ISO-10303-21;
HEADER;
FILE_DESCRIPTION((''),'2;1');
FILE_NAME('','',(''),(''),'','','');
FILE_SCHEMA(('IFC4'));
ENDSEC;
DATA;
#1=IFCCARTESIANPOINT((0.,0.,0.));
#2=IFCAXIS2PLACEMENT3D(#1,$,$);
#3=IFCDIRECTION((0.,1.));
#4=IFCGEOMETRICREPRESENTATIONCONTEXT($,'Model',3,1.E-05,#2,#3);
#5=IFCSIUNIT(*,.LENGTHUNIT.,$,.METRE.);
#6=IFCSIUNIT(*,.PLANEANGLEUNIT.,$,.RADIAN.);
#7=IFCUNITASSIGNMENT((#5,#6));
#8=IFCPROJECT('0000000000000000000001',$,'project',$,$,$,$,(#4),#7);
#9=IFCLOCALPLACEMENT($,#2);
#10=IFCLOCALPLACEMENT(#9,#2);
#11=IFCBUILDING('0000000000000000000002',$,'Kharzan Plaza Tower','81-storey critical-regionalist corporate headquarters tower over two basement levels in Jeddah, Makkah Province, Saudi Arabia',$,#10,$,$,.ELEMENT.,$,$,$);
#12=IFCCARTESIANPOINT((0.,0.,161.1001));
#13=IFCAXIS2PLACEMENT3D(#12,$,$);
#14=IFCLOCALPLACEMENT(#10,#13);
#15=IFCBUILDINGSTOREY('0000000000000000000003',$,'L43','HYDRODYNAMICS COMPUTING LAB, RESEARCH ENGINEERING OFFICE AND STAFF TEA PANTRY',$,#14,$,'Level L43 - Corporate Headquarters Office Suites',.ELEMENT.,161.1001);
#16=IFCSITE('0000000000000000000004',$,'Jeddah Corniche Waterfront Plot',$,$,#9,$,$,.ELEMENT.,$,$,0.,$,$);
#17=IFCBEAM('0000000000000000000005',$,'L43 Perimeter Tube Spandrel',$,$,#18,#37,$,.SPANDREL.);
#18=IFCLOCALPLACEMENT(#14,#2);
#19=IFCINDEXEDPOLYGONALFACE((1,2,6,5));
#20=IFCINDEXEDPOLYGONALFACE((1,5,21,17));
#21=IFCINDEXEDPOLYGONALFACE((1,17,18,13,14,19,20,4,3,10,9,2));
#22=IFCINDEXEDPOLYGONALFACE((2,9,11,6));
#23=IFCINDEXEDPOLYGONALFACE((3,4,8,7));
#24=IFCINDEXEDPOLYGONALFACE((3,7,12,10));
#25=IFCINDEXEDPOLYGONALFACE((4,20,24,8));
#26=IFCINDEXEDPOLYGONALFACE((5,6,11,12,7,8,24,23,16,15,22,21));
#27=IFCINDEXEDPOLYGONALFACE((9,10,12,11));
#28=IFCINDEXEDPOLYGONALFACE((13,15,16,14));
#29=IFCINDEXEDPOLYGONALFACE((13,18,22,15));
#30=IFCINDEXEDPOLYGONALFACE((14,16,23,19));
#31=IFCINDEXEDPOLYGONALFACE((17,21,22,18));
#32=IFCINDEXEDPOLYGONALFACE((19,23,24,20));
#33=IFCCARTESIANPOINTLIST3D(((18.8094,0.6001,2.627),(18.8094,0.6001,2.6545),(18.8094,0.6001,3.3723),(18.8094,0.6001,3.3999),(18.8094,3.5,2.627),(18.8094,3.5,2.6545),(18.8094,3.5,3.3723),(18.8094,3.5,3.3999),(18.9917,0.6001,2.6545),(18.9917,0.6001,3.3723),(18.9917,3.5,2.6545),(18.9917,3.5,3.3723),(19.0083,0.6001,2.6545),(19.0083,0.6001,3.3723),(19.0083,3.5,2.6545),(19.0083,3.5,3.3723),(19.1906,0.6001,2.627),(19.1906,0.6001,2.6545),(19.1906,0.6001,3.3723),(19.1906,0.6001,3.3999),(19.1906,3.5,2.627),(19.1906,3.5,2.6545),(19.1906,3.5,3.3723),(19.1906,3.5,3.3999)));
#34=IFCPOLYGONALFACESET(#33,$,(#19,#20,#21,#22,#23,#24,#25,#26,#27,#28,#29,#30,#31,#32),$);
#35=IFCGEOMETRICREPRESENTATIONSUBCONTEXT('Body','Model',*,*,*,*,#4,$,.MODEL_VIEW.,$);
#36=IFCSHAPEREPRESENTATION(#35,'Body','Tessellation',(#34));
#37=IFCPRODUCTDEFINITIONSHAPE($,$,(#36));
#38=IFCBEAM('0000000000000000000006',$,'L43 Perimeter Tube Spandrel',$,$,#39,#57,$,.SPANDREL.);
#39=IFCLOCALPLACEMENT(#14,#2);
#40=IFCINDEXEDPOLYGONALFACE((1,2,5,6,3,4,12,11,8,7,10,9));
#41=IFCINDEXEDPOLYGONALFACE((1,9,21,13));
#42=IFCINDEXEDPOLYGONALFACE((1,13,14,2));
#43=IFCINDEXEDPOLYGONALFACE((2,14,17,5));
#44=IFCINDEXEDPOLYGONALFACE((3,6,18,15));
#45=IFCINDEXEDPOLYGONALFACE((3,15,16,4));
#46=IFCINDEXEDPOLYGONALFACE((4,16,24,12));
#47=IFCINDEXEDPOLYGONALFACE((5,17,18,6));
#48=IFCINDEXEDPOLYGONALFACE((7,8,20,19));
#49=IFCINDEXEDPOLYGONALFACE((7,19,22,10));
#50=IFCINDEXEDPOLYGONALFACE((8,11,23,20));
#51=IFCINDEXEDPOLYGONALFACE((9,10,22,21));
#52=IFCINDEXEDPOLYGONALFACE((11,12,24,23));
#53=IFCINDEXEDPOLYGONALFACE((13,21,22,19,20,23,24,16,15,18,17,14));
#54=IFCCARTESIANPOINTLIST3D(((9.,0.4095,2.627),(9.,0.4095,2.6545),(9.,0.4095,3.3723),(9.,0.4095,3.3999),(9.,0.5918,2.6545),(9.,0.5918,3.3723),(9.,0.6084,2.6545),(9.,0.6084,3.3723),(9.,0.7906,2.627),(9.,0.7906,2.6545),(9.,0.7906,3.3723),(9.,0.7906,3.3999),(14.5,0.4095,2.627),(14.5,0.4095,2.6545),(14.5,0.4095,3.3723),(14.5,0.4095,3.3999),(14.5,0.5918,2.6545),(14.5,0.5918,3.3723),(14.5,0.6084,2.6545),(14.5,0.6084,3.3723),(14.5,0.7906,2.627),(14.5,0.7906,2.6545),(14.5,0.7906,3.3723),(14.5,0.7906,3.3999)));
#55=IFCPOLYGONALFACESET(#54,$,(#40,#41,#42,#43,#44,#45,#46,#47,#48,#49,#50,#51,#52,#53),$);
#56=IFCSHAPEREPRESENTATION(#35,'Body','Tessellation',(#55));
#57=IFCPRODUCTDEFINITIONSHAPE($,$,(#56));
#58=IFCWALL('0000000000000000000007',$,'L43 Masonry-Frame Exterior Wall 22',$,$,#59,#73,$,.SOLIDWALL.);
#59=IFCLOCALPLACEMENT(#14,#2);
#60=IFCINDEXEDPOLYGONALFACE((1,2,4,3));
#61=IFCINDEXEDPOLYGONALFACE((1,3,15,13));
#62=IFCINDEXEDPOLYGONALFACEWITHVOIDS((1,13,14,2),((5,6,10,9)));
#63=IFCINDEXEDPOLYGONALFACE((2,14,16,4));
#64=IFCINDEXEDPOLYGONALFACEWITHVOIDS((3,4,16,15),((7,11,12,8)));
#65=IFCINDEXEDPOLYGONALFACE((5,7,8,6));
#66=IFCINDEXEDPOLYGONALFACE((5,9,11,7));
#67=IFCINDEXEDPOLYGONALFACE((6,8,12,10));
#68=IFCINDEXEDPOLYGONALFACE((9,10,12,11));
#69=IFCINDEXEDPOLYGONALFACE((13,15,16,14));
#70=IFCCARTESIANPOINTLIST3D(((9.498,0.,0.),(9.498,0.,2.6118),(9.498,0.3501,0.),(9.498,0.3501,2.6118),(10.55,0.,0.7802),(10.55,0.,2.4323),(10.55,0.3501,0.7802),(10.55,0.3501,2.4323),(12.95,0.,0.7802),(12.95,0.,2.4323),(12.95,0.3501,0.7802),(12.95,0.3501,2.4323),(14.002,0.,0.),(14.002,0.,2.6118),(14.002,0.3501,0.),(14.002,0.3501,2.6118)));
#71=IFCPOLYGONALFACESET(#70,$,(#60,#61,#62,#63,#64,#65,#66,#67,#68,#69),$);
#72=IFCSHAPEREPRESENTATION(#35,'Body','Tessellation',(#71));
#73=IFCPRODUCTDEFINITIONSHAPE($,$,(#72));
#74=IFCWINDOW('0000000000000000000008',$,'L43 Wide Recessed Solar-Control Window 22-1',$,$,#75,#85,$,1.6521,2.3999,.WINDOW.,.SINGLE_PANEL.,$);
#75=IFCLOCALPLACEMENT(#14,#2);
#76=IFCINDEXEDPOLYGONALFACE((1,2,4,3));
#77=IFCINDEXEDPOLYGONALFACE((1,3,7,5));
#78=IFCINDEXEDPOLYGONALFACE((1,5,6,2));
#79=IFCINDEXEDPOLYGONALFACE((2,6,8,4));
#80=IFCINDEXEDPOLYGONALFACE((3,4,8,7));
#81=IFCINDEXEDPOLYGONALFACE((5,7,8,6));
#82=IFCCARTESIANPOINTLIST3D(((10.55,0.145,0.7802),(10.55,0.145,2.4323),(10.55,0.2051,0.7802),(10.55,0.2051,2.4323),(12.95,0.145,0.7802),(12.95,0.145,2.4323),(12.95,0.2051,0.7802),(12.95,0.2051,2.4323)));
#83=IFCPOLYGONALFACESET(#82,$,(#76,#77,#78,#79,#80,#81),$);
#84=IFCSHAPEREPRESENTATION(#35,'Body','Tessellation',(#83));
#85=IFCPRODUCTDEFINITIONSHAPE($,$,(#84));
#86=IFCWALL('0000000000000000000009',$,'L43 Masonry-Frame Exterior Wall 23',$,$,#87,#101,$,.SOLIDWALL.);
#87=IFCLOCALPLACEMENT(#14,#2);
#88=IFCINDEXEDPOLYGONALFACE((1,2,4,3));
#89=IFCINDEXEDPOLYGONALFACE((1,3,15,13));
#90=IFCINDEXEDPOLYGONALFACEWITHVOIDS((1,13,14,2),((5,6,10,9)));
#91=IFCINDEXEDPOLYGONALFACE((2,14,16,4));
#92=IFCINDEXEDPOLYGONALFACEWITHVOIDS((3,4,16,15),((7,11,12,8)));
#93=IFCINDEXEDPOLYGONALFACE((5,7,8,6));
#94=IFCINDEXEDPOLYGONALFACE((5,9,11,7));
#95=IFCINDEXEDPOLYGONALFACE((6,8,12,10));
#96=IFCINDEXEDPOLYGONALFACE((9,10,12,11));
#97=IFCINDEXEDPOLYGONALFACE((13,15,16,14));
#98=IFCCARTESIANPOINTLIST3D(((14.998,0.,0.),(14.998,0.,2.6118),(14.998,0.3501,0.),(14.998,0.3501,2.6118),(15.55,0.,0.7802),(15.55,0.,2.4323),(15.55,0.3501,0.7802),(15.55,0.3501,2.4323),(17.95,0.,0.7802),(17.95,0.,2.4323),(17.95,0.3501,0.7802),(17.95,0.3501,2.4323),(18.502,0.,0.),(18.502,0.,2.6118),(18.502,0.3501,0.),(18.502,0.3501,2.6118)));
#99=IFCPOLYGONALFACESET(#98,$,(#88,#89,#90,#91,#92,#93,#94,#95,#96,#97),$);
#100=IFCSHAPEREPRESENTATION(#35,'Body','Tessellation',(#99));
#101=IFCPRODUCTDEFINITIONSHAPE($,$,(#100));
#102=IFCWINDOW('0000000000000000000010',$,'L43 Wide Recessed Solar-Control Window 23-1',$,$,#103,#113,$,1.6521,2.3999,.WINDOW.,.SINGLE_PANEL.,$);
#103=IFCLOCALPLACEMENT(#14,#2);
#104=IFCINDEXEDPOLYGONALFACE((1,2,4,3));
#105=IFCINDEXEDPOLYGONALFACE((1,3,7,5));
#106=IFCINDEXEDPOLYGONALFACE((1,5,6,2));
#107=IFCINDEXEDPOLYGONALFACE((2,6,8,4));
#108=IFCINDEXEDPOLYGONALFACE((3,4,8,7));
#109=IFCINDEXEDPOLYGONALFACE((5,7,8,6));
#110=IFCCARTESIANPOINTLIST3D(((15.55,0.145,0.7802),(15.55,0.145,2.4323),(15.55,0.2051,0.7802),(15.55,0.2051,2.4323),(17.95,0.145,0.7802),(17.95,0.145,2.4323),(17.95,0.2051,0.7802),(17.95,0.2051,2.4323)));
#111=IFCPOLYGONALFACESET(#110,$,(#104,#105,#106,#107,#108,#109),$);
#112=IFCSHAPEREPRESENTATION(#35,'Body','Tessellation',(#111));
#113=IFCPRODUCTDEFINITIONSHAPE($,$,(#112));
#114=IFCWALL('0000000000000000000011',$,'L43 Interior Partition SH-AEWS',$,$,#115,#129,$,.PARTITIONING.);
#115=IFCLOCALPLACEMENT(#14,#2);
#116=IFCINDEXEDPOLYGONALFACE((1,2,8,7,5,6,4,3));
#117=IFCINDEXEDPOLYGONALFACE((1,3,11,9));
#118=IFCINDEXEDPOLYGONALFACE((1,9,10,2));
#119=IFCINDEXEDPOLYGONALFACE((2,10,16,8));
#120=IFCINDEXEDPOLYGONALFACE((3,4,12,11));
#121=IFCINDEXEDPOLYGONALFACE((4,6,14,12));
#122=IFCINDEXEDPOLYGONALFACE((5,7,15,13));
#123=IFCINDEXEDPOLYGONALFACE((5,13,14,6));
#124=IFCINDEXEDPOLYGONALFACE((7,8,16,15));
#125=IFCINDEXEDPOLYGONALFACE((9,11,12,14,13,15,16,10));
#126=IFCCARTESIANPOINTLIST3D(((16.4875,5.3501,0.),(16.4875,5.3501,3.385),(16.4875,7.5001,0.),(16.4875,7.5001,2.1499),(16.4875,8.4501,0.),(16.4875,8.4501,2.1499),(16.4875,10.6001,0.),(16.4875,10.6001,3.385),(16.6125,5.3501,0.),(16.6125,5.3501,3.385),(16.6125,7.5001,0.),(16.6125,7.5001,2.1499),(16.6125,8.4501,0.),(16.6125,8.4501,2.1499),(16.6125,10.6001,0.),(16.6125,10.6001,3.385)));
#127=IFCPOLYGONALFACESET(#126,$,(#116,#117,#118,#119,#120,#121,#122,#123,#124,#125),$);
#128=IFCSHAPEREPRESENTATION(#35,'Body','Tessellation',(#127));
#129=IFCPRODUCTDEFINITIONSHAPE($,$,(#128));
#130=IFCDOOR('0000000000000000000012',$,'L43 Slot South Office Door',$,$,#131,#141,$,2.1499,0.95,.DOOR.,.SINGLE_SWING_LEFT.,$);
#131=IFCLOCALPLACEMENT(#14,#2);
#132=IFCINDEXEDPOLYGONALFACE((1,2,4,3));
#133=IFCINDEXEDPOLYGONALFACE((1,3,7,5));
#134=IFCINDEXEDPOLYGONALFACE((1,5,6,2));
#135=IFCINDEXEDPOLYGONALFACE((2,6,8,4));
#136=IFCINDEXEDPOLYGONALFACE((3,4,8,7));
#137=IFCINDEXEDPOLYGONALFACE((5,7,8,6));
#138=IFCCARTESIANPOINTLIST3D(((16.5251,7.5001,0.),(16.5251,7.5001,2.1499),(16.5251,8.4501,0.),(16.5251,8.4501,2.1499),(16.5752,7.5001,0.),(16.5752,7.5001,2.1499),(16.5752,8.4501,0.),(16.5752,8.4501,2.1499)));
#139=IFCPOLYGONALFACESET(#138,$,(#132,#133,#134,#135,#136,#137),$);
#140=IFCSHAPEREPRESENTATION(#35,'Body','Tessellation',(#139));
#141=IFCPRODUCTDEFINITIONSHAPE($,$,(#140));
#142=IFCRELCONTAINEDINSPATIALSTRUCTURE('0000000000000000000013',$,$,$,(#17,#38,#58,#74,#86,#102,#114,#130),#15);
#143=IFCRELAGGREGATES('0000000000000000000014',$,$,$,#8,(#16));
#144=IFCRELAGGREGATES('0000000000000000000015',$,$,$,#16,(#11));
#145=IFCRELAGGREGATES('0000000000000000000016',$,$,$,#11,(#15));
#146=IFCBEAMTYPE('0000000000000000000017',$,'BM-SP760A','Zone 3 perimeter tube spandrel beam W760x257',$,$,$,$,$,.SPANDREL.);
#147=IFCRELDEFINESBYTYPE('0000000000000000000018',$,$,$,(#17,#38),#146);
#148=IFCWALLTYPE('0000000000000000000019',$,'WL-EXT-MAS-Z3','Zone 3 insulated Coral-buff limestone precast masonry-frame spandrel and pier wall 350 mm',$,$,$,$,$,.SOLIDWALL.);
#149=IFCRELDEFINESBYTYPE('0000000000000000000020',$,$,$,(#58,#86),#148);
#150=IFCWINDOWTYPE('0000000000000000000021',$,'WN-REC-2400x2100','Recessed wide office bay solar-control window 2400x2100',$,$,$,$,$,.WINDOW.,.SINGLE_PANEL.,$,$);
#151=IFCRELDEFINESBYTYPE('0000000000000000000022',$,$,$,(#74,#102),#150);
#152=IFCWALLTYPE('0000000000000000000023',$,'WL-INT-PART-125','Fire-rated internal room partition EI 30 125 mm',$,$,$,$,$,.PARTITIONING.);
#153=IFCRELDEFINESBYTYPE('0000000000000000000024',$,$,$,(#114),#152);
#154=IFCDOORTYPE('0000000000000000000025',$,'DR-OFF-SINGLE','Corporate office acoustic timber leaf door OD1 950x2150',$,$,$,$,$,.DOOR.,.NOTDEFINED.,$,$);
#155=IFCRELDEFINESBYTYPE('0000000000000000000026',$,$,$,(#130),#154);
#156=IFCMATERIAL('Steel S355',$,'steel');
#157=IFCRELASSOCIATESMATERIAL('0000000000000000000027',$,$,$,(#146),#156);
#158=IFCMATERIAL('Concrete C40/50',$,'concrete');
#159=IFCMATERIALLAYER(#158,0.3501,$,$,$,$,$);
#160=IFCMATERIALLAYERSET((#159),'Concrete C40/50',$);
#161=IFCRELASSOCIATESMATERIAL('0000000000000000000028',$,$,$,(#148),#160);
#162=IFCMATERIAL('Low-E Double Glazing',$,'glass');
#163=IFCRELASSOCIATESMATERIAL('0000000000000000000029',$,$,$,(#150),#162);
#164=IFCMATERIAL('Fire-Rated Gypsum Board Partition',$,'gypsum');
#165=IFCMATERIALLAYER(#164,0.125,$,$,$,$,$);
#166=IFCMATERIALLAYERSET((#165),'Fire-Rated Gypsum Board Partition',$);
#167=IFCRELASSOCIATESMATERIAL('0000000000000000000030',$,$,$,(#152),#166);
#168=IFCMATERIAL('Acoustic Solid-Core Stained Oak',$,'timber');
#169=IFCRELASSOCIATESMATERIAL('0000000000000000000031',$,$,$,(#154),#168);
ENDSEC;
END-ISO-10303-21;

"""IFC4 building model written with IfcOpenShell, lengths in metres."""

from ifc_helpers import new_model, si_unit, direction, frame, frame_2d, origin, origin_2d, place, context, subcontext, project, spatial, rectangle, i_section, extrude, source, transform, mapped, material, layer, layer_set, material_profile, profile_set, type_object, element, fill, save


model = new_model("IFC4")

# Units and contexts
model_context = context("Model", 3, precision=1e-05, world=origin(), true_north=direction((0.0, 1.0)))
body_context = subcontext(model_context, "Body", "Model", "MODEL_VIEW")
ifc_project = project(units=[si_unit("LENGTHUNIT", "METRE"), si_unit("PLANEANGLEUNIT", "RADIAN")], contexts=[model_context])

# Site, building, storey
site_placement = place(None, origin())
site = spatial("IfcSite", under=ifc_project, at=site_placement, Name="Jeddah Corniche Waterfront Plot", CompositionType="ELEMENT", RefElevation=0.0)
building_placement = place(site_placement, origin())
building = spatial("IfcBuilding", under=site, at=building_placement, Name="Kharzan Plaza Tower", Description="81-storey critical-regionalist corporate headquarters tower over two basement levels in Jeddah, Makkah Province, Saudi Arabia", CompositionType="ELEMENT")
storey_placement = place(building_placement, frame((0.0, 0.0, 161.1001)))
storey = spatial("IfcBuildingStorey", under=building, at=storey_placement, Name="L43", Description="HYDRODYNAMICS COMPUTING LAB, RESEARCH ENGINEERING OFFICE AND STAFF TEA PANTRY", LongName="Level L43 - Corporate Headquarters Office Suites", CompositionType="ELEMENT", Elevation=161.1001)

# Beams
ifc_material_1 = material(Name="Steel S355", Category="steel")
ifc_material_profile_1 = material_profile(ifc_material_1, i_section(OverallWidth=0.3811, OverallDepth=0.7729, WebThickness=0.0166, FlangeThickness=0.0276, at=origin_2d()), Name="W760x257")
ifc_profile_set_1 = profile_set([ifc_material_profile_1], Name="Steel S355")
beam_type_1 = type_object("IfcBeamType", Name="BM-SP760A", Description="Zone 3 perimeter tube spandrel beam W760x257", PredefinedType="SPANDREL", material=ifc_profile_set_1)
shared_shape_1 = source(origin(), body_context, "Body", "SweptSolid", [
    extrude(i_section(OverallWidth=0.3811, OverallDepth=0.7729, WebThickness=0.0166, FlangeThickness=0.0276, at=origin_2d()), origin(), (0.0, 0.0, 1.0), 2.8999),
])
beam_1_placement = place(storey_placement, frame((19.0, 0.6001, 3.0134), z_axis=(0.0, 1.0, 0.0), x_axis=(-1.0, 0.0, 0.0)))
element("IfcBeam", 1, at=beam_1_placement, inside=storey, type_object=beam_type_1, Name="L43 Perimeter Tube Spandrel", PredefinedType="SPANDREL", context=body_context, shape_type="MappedRepresentation", body=[
    mapped(shared_shape_1, transform((0.0, 0.0, 0.0), x_axis=(1.0, 0.0, 0.0), y_axis=(0.0, 1.0, 0.0), z_axis=(0.0, 0.0, 1.0))),
])
shared_shape_2 = source(origin(), body_context, "Body", "SweptSolid", [
    extrude(i_section(OverallWidth=0.3811, OverallDepth=0.7729, WebThickness=0.0166, FlangeThickness=0.0276, at=origin_2d()), origin(), (0.0, 0.0, 1.0), 5.5),
])
beam_2_placement = place(storey_placement, frame((9.0, 0.6001, 3.0134), z_axis=(1.0, 0.0, 0.0), x_axis=(0.0, 1.0, 0.0)))
element("IfcBeam", 2, at=beam_2_placement, inside=storey, type_object=beam_type_1, Name="L43 Perimeter Tube Spandrel", PredefinedType="SPANDREL", context=body_context, shape_type="MappedRepresentation", body=[
    mapped(shared_shape_2, transform((0.0, 0.0, 0.0), x_axis=(1.0, 0.0, 0.0), y_axis=(0.0, 1.0, 0.0), z_axis=(0.0, 0.0, 1.0))),
])

# Walls, openings, windows
ifc_material_2 = material(Name="Concrete C40/50", Category="concrete")
ifc_layer_1 = layer(ifc_material_2, 0.3501)
ifc_layer_set_1 = layer_set([ifc_layer_1], Name="Concrete C40/50")
wall_type_1 = type_object("IfcWallType", Name="WL-EXT-MAS-Z3", Description="Zone 3 insulated Coral-buff limestone precast masonry-frame spandrel and pier wall 350 mm", PredefinedType="SOLIDWALL", material=ifc_layer_set_1)
wall_1_placement = place(storey_placement, frame((9.498, 0.175, 0.0), z_axis=(0.0, 0.0, 1.0), x_axis=(1.0, 0.0, 0.0)))
wall_1 = element("IfcWall", 3, at=wall_1_placement, inside=storey, type_object=wall_type_1, Name="L43 Masonry-Frame Exterior Wall 22", PredefinedType="SOLIDWALL", context=body_context, shape_type="SweptSolid", body=[
    extrude(rectangle(XDim=4.5039, YDim=0.3501, at=frame_2d((2.252, 0.0))), origin(), (0.0, 0.0, 1.0), 2.6118),
])
opening_1_placement = place(wall_1_placement, frame((1.052, 0.0, 0.78)))
opening_1 = element("IfcOpeningElement", 4, at=opening_1_placement, cuts=wall_1, PredefinedType="OPENING", context=body_context, shape_type="SweptSolid", body=[
    extrude(rectangle(XDim=2.3999, YDim=1.6521, at=frame_2d((1.2, 0.8262))), frame((0.0, 0.1851, 0.0), z_axis=(0.0, -1.0, 0.0), x_axis=(1.0, 0.0, 0.0)), (0.0, 0.0, 1.0), 0.3701),
])
ifc_material_3 = material(Name="Low-E Double Glazing", Category="glass")
window_type = type_object("IfcWindowType", Name="WN-REC-2400x2100", Description="Recessed wide office bay solar-control window 2400x2100", PartitioningType="SINGLE_PANEL", PredefinedType="WINDOW", material=ifc_material_3)
shared_shape_3 = source(origin(), body_context, "Body", "SweptSolid", [
    extrude(rectangle(XDim=2.3999, YDim=1.6521, at=frame_2d((1.2, 0.8262))), frame((0.0, 0.03, 0.0), z_axis=(0.0, -1.0, 0.0), x_axis=(1.0, 0.0, 0.0)), (0.0, 0.0, 1.0), 0.0601),
])
window_1_placement = place(opening_1_placement, origin())
window_1 = element("IfcWindow", 5, at=window_1_placement, inside=storey, type_object=window_type, Name="L43 Wide Recessed Solar-Control Window 22-1", OverallHeight=1.6521, OverallWidth=2.3999, PartitioningType="SINGLE_PANEL", PredefinedType="WINDOW", context=body_context, shape_type="MappedRepresentation", body=[
    mapped(shared_shape_3, transform((0.0, 0.0, 0.0), x_axis=(1.0, 0.0, 0.0), y_axis=(0.0, 1.0, 0.0), z_axis=(0.0, 0.0, 1.0))),
])
fill(opening_1, window_1)
wall_2_placement = place(storey_placement, frame((14.998, 0.175, 0.0), z_axis=(0.0, 0.0, 1.0), x_axis=(1.0, 0.0, 0.0)))
wall_2 = element("IfcWall", 6, at=wall_2_placement, inside=storey, type_object=wall_type_1, Name="L43 Masonry-Frame Exterior Wall 23", PredefinedType="SOLIDWALL", context=body_context, shape_type="SweptSolid", body=[
    extrude(rectangle(XDim=3.5039, YDim=0.3501, at=frame_2d((1.752, 0.0))), origin(), (0.0, 0.0, 1.0), 2.6118),
])
opening_2_placement = place(wall_2_placement, frame((0.552, 0.0, 0.78)))
opening_2 = element("IfcOpeningElement", 7, at=opening_2_placement, cuts=wall_2, PredefinedType="OPENING", context=body_context, shape_type="SweptSolid", body=[
    extrude(rectangle(XDim=2.3999, YDim=1.6521, at=frame_2d((1.2, 0.8262))), frame((0.0, 0.1851, 0.0), z_axis=(0.0, -1.0, 0.0), x_axis=(1.0, 0.0, 0.0)), (0.0, 0.0, 1.0), 0.3701),
])
window_2_placement = place(opening_2_placement, origin())
window_2 = element("IfcWindow", 8, at=window_2_placement, inside=storey, type_object=window_type, Name="L43 Wide Recessed Solar-Control Window 23-1", OverallHeight=1.6521, OverallWidth=2.3999, PartitioningType="SINGLE_PANEL", PredefinedType="WINDOW", context=body_context, shape_type="MappedRepresentation", body=[
    mapped(shared_shape_3, transform((0.0, 0.0, 0.0), x_axis=(1.0, 0.0, 0.0), y_axis=(0.0, 1.0, 0.0), z_axis=(0.0, 0.0, 1.0))),
])
fill(opening_2, window_2)

# Wall, opening, door
ifc_material_4 = material(Name="Fire-Rated Gypsum Board Partition", Category="gypsum")
ifc_layer_2 = layer(ifc_material_4, 0.125)
ifc_layer_set_2 = layer_set([ifc_layer_2], Name="Fire-Rated Gypsum Board Partition")
wall_type_2 = type_object("IfcWallType", Name="WL-INT-PART-125", Description="Fire-rated internal room partition EI 30 125 mm", PredefinedType="PARTITIONING", material=ifc_layer_set_2)
wall_3_placement = place(storey_placement, frame((16.55, 5.3501, 0.0), z_axis=(0.0, 0.0, 1.0), x_axis=(0.0, 1.0, 0.0)))
wall_3 = element("IfcWall", 9, at=wall_3_placement, inside=storey, type_object=wall_type_2, Name="L43 Interior Partition SH-AEWS", PredefinedType="PARTITIONING", context=body_context, shape_type="SweptSolid", body=[
    extrude(rectangle(XDim=5.25, YDim=0.125, at=frame_2d((2.625, 0.0))), origin(), (0.0, 0.0, 1.0), 3.385),
])
opening_3_placement = place(wall_3_placement, frame((2.1499, 0.0, 0.0)))
opening_3 = element("IfcOpeningElement", 10, at=opening_3_placement, cuts=wall_3, PredefinedType="OPENING", context=body_context, shape_type="SweptSolid", body=[
    extrude(rectangle(XDim=0.95, YDim=2.1499, at=frame_2d((0.4751, 1.075))), frame((0.0, 0.0725, 0.0), z_axis=(0.0, -1.0, 0.0), x_axis=(1.0, 0.0, 0.0)), (0.0, 0.0, 1.0), 0.145),
])
ifc_material_5 = material(Name="Acoustic Solid-Core Stained Oak", Category="timber")
door_type = type_object("IfcDoorType", Name="DR-OFF-SINGLE", Description="Corporate office acoustic timber leaf door OD1 950x2150", OperationType="NOTDEFINED", PredefinedType="DOOR", material=ifc_material_5)
shared_shape_4 = source(origin(), body_context, "Body", "SweptSolid", [
    extrude(rectangle(XDim=0.95, YDim=2.1499, at=frame_2d((0.4751, 1.075))), frame((0.0, 0.0249, 0.0), z_axis=(0.0, -1.0, 0.0), x_axis=(1.0, 0.0, 0.0)), (0.0, 0.0, 1.0), 0.05),
])
door_1_placement = place(opening_3_placement, origin())
door_1 = element("IfcDoor", 11, at=door_1_placement, inside=storey, type_object=door_type, Name="L43 Slot South Office Door", OperationType="SINGLE_SWING_LEFT", OverallHeight=2.1499, OverallWidth=0.95, PredefinedType="DOOR", context=body_context, shape_type="MappedRepresentation", body=[
    mapped(shared_shape_4, transform((0.0, 0.0, 0.0), x_axis=(1.0, 0.0, 0.0), y_axis=(0.0, 1.0, 0.0), z_axis=(0.0, 0.0, 1.0))),
])
fill(opening_3, door_1)

save(model, "model.ifc")
